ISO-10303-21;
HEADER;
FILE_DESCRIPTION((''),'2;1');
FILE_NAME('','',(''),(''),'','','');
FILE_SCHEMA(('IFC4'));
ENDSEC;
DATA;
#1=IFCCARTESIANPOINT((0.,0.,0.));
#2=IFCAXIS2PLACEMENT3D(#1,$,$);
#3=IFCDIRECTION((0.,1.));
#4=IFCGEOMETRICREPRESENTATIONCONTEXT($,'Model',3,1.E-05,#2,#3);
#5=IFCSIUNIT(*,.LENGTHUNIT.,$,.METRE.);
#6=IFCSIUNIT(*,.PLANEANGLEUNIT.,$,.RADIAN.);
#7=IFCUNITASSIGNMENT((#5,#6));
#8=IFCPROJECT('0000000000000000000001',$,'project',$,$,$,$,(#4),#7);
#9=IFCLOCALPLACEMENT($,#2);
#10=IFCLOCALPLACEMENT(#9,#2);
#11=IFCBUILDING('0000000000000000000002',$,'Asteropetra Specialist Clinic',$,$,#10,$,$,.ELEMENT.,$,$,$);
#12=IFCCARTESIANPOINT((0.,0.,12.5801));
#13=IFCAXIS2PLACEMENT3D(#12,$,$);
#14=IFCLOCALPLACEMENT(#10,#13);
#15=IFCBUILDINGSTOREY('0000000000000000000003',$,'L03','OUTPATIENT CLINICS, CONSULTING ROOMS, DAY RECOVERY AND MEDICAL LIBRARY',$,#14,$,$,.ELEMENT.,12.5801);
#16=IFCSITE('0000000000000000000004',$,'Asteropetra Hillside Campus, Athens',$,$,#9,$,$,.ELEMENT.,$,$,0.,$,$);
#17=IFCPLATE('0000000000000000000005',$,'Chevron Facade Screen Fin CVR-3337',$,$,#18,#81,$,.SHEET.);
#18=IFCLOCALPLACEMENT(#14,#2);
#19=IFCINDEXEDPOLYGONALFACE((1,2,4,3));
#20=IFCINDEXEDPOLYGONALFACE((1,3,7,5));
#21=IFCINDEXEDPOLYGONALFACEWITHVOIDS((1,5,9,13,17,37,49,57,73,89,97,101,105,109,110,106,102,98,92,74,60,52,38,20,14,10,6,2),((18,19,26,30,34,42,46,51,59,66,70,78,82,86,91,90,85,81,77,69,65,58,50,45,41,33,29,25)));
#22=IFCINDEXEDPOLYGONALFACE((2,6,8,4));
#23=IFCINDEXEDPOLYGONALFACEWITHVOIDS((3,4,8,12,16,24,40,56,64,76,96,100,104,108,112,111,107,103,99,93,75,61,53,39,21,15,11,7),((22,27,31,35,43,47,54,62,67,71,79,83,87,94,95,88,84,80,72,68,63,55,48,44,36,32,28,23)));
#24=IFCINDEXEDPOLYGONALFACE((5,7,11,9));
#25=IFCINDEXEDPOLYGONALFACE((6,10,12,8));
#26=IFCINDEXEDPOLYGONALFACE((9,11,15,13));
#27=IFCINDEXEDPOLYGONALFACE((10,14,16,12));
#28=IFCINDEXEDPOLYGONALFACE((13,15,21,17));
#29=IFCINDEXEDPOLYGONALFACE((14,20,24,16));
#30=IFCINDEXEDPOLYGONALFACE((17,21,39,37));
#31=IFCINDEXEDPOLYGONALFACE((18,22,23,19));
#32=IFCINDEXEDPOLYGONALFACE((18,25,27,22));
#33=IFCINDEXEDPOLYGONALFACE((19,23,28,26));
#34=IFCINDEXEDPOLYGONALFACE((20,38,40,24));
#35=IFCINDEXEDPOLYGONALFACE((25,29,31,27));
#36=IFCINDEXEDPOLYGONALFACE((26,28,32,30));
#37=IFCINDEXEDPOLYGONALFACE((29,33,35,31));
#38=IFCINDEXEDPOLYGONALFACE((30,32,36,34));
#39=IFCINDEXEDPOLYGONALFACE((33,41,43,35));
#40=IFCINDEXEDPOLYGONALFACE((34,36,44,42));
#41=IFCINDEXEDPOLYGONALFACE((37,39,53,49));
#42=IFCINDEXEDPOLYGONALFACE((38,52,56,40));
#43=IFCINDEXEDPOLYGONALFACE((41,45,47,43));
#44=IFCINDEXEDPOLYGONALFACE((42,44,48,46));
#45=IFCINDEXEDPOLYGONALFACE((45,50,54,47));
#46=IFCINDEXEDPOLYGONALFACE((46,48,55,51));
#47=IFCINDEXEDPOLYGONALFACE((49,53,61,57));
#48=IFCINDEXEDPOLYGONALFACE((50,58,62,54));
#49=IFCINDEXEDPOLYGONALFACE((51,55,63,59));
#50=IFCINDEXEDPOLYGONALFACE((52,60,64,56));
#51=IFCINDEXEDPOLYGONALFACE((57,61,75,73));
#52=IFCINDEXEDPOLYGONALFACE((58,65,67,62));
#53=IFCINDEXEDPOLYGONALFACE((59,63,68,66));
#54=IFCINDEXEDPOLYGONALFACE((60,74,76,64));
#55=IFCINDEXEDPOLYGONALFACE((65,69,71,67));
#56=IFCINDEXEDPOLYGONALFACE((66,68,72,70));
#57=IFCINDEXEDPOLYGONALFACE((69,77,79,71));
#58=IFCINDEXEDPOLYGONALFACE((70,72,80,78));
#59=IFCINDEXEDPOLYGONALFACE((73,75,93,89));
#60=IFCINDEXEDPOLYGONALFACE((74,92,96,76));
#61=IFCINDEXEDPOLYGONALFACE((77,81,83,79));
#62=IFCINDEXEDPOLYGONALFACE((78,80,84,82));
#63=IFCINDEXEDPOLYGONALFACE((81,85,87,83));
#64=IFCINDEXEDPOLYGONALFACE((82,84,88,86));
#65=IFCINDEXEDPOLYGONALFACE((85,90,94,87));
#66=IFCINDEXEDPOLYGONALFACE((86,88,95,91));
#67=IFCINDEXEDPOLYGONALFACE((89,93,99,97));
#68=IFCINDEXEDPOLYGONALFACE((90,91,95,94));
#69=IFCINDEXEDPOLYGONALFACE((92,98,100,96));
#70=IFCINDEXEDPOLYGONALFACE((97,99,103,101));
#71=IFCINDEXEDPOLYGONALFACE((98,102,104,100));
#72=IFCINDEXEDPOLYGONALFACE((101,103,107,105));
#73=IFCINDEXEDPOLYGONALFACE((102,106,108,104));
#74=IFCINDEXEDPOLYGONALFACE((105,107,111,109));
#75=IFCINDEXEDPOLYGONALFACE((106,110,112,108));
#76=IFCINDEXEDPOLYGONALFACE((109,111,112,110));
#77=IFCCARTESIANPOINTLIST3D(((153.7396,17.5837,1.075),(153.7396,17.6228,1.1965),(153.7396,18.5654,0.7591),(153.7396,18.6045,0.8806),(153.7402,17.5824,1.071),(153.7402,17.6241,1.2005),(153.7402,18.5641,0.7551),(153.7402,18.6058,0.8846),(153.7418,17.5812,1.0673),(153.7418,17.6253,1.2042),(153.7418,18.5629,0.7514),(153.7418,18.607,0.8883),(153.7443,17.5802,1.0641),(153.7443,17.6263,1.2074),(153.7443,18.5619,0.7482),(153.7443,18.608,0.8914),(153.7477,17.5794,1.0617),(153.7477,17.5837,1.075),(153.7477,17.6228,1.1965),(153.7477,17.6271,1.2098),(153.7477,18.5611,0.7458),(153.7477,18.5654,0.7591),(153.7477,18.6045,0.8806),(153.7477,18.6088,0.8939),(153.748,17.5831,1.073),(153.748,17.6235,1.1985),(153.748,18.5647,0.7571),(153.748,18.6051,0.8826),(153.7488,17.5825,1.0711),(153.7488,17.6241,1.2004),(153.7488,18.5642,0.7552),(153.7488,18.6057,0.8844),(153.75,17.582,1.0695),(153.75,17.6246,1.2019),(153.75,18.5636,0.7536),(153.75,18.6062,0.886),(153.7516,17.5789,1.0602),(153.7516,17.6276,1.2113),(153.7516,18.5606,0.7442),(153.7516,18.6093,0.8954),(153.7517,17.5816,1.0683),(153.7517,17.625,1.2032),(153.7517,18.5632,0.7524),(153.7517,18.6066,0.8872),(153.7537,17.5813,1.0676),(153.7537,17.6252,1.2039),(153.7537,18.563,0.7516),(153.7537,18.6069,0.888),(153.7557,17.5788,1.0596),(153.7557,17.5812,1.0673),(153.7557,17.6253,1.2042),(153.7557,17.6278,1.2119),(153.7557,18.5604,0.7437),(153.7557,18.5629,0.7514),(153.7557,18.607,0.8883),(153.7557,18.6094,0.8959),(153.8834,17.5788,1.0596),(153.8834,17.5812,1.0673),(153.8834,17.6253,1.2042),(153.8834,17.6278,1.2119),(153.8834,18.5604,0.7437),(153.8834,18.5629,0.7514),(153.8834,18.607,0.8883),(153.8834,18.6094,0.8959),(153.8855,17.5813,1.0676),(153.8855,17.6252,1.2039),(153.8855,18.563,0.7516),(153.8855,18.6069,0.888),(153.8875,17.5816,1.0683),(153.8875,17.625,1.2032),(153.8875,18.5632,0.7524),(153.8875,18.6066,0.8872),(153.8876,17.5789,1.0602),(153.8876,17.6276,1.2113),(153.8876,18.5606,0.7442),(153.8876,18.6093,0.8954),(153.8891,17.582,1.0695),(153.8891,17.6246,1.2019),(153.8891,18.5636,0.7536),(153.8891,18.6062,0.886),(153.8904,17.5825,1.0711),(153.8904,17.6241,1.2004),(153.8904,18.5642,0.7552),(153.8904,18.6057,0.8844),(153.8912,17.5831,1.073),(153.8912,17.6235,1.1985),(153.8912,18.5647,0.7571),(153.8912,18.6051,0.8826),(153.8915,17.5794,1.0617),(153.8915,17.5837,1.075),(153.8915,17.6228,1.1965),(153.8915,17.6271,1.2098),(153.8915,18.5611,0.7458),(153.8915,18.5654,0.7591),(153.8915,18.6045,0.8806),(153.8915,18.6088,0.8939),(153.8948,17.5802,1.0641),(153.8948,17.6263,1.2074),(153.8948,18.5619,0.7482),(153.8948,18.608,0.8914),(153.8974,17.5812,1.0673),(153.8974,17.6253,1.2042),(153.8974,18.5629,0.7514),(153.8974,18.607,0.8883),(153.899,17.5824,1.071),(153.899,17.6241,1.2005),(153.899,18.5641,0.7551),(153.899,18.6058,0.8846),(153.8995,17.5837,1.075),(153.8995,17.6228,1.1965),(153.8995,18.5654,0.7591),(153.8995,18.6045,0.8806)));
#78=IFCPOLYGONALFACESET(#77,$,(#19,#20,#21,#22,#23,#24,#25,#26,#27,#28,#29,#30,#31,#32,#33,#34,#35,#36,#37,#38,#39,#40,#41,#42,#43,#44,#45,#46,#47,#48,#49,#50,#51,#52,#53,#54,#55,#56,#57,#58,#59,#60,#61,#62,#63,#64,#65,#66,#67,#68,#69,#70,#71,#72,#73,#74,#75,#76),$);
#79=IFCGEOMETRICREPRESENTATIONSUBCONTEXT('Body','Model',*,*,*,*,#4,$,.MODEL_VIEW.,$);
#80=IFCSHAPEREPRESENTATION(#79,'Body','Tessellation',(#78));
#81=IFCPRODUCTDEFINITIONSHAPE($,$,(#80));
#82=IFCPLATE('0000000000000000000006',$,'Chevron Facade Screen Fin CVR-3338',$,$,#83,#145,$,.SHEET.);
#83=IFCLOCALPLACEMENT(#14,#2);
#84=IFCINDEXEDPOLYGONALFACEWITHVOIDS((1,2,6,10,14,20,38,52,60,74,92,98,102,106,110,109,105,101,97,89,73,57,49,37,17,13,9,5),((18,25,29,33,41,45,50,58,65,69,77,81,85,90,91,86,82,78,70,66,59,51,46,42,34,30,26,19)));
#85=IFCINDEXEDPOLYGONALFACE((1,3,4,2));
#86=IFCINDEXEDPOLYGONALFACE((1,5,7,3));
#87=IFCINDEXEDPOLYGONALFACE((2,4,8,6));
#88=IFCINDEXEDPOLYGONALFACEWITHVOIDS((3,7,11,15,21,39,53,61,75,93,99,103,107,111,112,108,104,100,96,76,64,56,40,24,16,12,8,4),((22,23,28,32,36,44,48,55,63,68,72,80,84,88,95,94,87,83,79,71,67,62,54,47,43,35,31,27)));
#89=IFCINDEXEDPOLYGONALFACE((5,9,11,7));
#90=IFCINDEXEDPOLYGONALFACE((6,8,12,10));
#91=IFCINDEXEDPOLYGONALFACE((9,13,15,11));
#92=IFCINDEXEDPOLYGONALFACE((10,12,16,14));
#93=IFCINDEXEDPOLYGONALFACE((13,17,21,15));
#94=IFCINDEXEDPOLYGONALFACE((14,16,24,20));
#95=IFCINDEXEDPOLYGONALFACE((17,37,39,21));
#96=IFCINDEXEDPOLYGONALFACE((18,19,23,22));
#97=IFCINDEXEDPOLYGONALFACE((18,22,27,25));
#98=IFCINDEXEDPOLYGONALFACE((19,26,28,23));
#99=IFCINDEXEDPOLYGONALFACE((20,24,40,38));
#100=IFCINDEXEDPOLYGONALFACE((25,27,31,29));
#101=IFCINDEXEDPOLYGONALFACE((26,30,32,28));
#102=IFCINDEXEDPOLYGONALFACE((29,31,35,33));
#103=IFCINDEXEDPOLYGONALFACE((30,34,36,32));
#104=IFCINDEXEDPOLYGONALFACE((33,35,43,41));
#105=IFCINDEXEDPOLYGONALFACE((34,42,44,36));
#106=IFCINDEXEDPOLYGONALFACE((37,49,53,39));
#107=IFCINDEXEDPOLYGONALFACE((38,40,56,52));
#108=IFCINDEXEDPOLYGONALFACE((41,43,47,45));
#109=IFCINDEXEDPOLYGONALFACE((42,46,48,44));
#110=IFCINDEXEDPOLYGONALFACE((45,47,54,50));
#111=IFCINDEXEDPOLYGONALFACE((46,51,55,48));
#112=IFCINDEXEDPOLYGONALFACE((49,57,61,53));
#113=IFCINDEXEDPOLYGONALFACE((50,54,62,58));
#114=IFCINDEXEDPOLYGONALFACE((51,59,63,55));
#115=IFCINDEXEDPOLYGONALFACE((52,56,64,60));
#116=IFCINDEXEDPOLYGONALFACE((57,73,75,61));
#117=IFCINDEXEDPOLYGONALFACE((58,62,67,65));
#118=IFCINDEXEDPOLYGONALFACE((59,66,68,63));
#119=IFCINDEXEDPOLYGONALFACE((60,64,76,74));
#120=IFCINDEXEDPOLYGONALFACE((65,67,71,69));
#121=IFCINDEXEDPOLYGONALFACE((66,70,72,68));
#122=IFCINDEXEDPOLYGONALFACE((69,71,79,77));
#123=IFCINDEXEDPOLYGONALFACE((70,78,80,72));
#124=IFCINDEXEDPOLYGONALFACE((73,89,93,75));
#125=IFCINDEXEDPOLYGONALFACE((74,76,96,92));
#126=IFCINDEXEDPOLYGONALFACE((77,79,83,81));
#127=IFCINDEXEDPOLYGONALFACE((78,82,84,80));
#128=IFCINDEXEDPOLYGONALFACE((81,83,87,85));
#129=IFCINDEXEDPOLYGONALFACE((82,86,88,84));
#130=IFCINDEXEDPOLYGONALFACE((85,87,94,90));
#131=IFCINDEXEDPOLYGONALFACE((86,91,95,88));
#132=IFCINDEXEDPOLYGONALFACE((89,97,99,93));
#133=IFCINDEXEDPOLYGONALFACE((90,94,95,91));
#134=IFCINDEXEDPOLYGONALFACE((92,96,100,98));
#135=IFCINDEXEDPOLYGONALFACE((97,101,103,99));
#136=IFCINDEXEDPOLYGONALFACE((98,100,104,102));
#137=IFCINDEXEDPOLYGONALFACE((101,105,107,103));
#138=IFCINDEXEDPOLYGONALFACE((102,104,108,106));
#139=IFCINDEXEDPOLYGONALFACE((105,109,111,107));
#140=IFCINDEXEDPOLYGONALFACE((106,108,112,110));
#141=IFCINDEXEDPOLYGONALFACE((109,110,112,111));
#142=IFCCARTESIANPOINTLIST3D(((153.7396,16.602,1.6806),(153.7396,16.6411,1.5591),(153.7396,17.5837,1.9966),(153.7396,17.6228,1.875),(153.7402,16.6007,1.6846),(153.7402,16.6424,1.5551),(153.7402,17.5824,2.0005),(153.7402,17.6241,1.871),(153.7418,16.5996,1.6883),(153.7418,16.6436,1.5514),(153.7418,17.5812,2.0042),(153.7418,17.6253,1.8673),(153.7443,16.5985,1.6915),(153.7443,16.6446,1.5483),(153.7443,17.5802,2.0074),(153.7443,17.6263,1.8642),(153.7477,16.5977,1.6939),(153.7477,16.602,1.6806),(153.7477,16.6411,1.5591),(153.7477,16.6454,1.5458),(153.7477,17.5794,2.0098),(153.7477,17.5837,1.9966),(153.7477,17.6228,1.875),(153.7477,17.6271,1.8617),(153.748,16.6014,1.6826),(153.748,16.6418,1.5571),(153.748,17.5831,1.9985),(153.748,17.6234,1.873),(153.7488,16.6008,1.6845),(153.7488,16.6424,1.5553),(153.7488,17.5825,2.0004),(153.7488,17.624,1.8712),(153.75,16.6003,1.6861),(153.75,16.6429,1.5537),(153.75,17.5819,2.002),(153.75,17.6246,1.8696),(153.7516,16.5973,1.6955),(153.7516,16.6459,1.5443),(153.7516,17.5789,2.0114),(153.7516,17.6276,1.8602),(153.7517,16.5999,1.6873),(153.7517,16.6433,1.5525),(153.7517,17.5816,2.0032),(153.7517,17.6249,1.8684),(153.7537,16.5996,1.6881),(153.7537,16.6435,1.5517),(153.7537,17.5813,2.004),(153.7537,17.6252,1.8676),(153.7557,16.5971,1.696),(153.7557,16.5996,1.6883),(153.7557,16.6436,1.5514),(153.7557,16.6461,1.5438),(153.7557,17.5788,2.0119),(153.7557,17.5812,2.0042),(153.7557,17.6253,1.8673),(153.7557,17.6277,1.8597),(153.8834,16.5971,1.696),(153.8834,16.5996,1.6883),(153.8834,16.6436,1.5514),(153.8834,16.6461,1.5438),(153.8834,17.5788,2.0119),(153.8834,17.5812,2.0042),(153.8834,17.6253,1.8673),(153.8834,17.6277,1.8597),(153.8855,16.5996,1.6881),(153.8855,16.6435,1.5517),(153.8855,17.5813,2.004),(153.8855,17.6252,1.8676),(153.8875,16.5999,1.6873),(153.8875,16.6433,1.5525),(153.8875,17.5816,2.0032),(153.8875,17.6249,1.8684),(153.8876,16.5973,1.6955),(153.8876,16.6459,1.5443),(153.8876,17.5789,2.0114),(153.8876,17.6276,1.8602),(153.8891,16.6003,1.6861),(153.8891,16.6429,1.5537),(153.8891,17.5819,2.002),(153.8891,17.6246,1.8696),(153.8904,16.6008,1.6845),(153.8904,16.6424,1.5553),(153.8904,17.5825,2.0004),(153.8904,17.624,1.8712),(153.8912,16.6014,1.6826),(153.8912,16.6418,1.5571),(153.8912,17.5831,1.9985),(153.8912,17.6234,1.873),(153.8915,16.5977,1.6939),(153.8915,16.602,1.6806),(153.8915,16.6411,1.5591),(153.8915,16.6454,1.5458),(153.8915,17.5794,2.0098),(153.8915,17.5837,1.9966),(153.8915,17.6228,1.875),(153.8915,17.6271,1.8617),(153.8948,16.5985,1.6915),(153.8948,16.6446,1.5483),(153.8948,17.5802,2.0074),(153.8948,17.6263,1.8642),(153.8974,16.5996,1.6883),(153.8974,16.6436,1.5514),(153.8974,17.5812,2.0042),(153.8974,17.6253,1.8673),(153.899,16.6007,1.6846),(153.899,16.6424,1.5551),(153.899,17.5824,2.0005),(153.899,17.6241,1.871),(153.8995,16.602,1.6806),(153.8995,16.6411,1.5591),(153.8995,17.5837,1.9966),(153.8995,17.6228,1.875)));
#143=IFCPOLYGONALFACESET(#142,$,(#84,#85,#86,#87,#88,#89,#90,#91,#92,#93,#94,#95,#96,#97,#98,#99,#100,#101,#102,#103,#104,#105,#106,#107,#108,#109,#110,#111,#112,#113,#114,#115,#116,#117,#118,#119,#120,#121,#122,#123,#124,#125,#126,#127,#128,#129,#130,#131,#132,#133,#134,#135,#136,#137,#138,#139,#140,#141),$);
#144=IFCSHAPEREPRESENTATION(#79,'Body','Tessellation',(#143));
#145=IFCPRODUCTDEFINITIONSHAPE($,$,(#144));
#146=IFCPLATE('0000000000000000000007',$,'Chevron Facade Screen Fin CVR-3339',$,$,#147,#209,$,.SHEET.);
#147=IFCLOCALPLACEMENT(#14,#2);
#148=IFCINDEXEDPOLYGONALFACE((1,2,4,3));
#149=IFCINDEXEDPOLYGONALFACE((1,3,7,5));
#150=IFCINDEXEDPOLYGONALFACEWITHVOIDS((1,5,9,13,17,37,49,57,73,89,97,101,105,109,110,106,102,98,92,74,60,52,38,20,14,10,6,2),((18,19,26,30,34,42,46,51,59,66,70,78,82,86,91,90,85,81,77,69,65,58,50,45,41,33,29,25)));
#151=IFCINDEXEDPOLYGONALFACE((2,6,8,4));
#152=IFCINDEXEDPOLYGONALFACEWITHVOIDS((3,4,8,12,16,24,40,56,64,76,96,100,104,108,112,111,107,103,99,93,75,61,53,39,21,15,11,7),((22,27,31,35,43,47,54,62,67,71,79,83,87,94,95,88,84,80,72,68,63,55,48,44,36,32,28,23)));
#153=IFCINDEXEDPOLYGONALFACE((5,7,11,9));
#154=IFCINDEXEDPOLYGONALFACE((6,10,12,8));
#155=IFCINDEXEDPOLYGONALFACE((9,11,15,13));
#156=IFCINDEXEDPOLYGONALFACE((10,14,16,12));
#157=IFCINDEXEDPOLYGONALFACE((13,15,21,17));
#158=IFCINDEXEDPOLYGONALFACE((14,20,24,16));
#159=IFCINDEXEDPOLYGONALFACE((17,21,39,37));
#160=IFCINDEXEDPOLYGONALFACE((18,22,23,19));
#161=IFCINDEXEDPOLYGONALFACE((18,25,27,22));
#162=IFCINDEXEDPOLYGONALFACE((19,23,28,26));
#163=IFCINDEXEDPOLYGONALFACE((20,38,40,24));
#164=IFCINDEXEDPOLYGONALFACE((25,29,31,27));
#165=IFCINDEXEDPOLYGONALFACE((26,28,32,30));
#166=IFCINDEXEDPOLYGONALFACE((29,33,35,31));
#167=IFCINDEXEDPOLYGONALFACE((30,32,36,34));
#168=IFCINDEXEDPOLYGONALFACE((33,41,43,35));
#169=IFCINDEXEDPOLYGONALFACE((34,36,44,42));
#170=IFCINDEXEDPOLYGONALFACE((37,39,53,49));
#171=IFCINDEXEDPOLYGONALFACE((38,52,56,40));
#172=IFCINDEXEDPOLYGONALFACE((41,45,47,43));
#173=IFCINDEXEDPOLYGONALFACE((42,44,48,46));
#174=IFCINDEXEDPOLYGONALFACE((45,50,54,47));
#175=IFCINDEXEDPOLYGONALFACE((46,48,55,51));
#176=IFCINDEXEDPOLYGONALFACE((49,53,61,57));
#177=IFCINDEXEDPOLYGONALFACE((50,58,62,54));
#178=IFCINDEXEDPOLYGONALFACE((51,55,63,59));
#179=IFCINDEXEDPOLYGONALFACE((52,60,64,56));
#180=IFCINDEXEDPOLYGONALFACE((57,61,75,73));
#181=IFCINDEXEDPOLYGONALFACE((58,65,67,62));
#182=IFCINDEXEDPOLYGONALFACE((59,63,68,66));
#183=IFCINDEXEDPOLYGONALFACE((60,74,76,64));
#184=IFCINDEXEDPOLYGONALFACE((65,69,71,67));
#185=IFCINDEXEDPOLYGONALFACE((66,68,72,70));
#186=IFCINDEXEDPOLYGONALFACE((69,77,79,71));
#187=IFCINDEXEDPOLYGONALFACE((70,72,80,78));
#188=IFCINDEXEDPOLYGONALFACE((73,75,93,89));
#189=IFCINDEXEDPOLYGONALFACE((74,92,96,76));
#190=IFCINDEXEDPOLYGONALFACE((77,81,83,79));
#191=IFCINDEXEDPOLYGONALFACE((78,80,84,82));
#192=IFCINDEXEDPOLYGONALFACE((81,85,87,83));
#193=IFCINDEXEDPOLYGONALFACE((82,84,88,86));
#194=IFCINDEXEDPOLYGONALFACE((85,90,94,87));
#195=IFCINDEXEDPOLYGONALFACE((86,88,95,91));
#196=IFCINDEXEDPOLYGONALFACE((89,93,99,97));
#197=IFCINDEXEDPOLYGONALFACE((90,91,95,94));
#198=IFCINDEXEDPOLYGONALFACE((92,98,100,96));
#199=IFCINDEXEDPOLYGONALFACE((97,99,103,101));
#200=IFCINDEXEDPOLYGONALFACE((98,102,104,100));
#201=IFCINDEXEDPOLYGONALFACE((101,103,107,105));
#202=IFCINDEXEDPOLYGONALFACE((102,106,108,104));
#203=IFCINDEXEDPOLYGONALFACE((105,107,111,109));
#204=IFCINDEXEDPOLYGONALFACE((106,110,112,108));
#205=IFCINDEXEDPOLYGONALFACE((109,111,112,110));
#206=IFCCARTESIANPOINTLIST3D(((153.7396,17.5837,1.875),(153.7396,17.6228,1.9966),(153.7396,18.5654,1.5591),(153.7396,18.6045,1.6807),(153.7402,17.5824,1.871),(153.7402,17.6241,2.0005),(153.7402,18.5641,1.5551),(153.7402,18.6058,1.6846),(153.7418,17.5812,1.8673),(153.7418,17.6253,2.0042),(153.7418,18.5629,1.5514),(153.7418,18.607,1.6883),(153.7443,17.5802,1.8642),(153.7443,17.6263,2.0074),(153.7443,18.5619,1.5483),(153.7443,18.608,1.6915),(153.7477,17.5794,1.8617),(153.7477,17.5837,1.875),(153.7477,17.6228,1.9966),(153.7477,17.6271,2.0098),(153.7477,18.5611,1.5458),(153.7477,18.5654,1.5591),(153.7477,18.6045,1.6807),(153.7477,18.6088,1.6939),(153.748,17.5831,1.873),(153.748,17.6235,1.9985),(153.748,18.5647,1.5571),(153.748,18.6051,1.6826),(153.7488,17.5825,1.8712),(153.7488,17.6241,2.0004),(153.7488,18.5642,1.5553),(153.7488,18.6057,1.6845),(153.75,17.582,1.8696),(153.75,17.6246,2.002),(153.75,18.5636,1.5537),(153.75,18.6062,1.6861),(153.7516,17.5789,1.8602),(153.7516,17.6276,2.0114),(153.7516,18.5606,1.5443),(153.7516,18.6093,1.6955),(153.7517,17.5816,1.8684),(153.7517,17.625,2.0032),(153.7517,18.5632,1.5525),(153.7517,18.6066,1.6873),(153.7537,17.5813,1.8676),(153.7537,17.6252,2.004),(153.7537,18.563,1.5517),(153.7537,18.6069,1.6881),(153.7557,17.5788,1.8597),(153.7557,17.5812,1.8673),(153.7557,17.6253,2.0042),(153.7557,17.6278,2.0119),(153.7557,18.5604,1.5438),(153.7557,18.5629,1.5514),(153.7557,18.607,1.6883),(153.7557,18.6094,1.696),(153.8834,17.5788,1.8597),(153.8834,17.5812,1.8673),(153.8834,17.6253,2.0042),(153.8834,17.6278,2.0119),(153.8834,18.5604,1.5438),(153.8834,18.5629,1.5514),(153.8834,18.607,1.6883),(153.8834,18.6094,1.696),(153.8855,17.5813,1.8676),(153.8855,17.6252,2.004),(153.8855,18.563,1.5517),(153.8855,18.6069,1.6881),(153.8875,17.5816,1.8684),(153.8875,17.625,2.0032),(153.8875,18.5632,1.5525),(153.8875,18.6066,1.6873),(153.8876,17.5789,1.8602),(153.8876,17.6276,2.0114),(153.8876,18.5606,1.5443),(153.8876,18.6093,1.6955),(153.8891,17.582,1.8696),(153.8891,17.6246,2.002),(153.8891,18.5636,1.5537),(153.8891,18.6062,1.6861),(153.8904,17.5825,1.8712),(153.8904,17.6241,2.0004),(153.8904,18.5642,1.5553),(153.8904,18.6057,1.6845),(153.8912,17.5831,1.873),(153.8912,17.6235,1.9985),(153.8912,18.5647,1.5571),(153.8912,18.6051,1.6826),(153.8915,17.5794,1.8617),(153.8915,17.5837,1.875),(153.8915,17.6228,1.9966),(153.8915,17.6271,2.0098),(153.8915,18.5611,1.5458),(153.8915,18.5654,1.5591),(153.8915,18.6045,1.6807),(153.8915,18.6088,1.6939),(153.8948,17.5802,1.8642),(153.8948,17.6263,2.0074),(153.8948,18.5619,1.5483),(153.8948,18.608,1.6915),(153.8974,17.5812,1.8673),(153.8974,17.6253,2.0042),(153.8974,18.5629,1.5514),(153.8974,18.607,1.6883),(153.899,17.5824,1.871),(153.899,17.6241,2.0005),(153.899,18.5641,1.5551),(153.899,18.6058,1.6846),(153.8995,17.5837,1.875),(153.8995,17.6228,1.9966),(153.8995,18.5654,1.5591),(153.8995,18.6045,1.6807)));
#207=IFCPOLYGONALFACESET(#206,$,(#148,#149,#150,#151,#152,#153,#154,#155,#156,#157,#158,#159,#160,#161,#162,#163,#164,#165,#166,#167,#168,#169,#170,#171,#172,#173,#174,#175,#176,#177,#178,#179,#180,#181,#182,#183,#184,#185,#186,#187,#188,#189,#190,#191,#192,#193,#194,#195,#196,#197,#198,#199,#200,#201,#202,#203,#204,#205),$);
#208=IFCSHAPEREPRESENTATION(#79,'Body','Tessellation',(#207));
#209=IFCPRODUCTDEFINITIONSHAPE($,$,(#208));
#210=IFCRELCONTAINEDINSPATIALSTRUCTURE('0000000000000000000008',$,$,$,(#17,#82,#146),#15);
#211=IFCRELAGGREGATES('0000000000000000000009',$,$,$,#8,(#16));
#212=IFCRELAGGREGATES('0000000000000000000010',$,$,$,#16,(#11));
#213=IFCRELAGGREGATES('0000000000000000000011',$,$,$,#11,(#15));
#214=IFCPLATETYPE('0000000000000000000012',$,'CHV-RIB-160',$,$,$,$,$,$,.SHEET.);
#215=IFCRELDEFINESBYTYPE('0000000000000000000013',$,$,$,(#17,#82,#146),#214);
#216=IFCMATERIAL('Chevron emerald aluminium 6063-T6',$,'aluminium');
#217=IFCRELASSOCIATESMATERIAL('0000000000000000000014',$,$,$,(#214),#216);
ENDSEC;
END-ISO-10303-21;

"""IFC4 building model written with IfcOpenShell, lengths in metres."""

from ifc_helpers import new_model, si_unit, direction, frame, origin, origin_2d, place, context, subcontext, project, spatial, hollow_rectangle, extrude, material, material_profile, profile_set, type_object, element, save


model = new_model("IFC4")

# Units and contexts
model_context = context("Model", 3, precision=1e-05, world=origin(), true_north=direction((0.0, 1.0)))
body_context = subcontext(model_context, "Body", "Model", "MODEL_VIEW")
ifc_project = project(units=[si_unit("LENGTHUNIT", "METRE"), si_unit("PLANEANGLEUNIT", "RADIAN")], contexts=[model_context])

# Site, building, storey
site_placement = place(None, origin())
site = spatial("IfcSite", under=ifc_project, at=site_placement, Name="Asteropetra Hillside Campus, Athens", CompositionType="ELEMENT", RefElevation=0.0)
building_placement = place(site_placement, origin())
building = spatial("IfcBuilding", under=site, at=building_placement, Name="Asteropetra Specialist Clinic", CompositionType="ELEMENT")
storey_placement = place(building_placement, frame((0.0, 0.0, 12.5801)))
storey = spatial("IfcBuildingStorey", under=building, at=storey_placement, Name="L03", Description="OUTPATIENT CLINICS, CONSULTING ROOMS, DAY RECOVERY AND MEDICAL LIBRARY", CompositionType="ELEMENT", Elevation=12.5801)

# Plates
ifc_material_1 = material(Name="Chevron emerald aluminium 6063-T6", Category="aluminium")
ifc_material_profile = material_profile(ifc_material_1, hollow_rectangle(XDim=0.1599, YDim=0.1599, WallThickness=0.0081, InnerFilletRadius=0.0081, OuterFilletRadius=0.0161, at=origin_2d()), Name="SHS 160x160x8.0")
ifc_profile_set = profile_set([ifc_material_profile], Name="Chevron emerald aluminium 6063-T6")
plate_type_1 = type_object("IfcPlateType", Name="CHV-RIB-160", PredefinedType="SHEET", material=ifc_profile_set)
for number, where, z_axis, x_axis, name in (
    (1, (153.8196, 17.6033, 1.1357), (0.0, 0.951923, -0.306339), (-1.0, 0.0, 0.0), "Chevron Facade Screen Fin CVR-3337"),
    (2, (153.8196, 16.6216, 1.6199), (0.0, 0.951923, 0.306339), (-1.0, 0.0, 0.0), "Chevron Facade Screen Fin CVR-3338"),
    (3, (153.8196, 17.6033, 1.9358), (0.0, 0.951923, -0.306339), (-1.0, 0.0, 0.0), "Chevron Facade Screen Fin CVR-3339"),
):
    element("IfcPlate", number, at=place(storey_placement, frame(where, z_axis=z_axis, x_axis=x_axis)), inside=storey, type_object=plate_type_1, Name=name, PredefinedType="SHEET", context=body_context, shape_type="SweptSolid", body=[
        extrude(hollow_rectangle(XDim=0.1599, YDim=0.1599, WallThickness=0.0081, InnerFilletRadius=0.0081, OuterFilletRadius=0.0161, at=origin_2d()), origin(), (0.0, 0.0, 1.0), 1.0312),
    ])

save(model, "model.ifc")
